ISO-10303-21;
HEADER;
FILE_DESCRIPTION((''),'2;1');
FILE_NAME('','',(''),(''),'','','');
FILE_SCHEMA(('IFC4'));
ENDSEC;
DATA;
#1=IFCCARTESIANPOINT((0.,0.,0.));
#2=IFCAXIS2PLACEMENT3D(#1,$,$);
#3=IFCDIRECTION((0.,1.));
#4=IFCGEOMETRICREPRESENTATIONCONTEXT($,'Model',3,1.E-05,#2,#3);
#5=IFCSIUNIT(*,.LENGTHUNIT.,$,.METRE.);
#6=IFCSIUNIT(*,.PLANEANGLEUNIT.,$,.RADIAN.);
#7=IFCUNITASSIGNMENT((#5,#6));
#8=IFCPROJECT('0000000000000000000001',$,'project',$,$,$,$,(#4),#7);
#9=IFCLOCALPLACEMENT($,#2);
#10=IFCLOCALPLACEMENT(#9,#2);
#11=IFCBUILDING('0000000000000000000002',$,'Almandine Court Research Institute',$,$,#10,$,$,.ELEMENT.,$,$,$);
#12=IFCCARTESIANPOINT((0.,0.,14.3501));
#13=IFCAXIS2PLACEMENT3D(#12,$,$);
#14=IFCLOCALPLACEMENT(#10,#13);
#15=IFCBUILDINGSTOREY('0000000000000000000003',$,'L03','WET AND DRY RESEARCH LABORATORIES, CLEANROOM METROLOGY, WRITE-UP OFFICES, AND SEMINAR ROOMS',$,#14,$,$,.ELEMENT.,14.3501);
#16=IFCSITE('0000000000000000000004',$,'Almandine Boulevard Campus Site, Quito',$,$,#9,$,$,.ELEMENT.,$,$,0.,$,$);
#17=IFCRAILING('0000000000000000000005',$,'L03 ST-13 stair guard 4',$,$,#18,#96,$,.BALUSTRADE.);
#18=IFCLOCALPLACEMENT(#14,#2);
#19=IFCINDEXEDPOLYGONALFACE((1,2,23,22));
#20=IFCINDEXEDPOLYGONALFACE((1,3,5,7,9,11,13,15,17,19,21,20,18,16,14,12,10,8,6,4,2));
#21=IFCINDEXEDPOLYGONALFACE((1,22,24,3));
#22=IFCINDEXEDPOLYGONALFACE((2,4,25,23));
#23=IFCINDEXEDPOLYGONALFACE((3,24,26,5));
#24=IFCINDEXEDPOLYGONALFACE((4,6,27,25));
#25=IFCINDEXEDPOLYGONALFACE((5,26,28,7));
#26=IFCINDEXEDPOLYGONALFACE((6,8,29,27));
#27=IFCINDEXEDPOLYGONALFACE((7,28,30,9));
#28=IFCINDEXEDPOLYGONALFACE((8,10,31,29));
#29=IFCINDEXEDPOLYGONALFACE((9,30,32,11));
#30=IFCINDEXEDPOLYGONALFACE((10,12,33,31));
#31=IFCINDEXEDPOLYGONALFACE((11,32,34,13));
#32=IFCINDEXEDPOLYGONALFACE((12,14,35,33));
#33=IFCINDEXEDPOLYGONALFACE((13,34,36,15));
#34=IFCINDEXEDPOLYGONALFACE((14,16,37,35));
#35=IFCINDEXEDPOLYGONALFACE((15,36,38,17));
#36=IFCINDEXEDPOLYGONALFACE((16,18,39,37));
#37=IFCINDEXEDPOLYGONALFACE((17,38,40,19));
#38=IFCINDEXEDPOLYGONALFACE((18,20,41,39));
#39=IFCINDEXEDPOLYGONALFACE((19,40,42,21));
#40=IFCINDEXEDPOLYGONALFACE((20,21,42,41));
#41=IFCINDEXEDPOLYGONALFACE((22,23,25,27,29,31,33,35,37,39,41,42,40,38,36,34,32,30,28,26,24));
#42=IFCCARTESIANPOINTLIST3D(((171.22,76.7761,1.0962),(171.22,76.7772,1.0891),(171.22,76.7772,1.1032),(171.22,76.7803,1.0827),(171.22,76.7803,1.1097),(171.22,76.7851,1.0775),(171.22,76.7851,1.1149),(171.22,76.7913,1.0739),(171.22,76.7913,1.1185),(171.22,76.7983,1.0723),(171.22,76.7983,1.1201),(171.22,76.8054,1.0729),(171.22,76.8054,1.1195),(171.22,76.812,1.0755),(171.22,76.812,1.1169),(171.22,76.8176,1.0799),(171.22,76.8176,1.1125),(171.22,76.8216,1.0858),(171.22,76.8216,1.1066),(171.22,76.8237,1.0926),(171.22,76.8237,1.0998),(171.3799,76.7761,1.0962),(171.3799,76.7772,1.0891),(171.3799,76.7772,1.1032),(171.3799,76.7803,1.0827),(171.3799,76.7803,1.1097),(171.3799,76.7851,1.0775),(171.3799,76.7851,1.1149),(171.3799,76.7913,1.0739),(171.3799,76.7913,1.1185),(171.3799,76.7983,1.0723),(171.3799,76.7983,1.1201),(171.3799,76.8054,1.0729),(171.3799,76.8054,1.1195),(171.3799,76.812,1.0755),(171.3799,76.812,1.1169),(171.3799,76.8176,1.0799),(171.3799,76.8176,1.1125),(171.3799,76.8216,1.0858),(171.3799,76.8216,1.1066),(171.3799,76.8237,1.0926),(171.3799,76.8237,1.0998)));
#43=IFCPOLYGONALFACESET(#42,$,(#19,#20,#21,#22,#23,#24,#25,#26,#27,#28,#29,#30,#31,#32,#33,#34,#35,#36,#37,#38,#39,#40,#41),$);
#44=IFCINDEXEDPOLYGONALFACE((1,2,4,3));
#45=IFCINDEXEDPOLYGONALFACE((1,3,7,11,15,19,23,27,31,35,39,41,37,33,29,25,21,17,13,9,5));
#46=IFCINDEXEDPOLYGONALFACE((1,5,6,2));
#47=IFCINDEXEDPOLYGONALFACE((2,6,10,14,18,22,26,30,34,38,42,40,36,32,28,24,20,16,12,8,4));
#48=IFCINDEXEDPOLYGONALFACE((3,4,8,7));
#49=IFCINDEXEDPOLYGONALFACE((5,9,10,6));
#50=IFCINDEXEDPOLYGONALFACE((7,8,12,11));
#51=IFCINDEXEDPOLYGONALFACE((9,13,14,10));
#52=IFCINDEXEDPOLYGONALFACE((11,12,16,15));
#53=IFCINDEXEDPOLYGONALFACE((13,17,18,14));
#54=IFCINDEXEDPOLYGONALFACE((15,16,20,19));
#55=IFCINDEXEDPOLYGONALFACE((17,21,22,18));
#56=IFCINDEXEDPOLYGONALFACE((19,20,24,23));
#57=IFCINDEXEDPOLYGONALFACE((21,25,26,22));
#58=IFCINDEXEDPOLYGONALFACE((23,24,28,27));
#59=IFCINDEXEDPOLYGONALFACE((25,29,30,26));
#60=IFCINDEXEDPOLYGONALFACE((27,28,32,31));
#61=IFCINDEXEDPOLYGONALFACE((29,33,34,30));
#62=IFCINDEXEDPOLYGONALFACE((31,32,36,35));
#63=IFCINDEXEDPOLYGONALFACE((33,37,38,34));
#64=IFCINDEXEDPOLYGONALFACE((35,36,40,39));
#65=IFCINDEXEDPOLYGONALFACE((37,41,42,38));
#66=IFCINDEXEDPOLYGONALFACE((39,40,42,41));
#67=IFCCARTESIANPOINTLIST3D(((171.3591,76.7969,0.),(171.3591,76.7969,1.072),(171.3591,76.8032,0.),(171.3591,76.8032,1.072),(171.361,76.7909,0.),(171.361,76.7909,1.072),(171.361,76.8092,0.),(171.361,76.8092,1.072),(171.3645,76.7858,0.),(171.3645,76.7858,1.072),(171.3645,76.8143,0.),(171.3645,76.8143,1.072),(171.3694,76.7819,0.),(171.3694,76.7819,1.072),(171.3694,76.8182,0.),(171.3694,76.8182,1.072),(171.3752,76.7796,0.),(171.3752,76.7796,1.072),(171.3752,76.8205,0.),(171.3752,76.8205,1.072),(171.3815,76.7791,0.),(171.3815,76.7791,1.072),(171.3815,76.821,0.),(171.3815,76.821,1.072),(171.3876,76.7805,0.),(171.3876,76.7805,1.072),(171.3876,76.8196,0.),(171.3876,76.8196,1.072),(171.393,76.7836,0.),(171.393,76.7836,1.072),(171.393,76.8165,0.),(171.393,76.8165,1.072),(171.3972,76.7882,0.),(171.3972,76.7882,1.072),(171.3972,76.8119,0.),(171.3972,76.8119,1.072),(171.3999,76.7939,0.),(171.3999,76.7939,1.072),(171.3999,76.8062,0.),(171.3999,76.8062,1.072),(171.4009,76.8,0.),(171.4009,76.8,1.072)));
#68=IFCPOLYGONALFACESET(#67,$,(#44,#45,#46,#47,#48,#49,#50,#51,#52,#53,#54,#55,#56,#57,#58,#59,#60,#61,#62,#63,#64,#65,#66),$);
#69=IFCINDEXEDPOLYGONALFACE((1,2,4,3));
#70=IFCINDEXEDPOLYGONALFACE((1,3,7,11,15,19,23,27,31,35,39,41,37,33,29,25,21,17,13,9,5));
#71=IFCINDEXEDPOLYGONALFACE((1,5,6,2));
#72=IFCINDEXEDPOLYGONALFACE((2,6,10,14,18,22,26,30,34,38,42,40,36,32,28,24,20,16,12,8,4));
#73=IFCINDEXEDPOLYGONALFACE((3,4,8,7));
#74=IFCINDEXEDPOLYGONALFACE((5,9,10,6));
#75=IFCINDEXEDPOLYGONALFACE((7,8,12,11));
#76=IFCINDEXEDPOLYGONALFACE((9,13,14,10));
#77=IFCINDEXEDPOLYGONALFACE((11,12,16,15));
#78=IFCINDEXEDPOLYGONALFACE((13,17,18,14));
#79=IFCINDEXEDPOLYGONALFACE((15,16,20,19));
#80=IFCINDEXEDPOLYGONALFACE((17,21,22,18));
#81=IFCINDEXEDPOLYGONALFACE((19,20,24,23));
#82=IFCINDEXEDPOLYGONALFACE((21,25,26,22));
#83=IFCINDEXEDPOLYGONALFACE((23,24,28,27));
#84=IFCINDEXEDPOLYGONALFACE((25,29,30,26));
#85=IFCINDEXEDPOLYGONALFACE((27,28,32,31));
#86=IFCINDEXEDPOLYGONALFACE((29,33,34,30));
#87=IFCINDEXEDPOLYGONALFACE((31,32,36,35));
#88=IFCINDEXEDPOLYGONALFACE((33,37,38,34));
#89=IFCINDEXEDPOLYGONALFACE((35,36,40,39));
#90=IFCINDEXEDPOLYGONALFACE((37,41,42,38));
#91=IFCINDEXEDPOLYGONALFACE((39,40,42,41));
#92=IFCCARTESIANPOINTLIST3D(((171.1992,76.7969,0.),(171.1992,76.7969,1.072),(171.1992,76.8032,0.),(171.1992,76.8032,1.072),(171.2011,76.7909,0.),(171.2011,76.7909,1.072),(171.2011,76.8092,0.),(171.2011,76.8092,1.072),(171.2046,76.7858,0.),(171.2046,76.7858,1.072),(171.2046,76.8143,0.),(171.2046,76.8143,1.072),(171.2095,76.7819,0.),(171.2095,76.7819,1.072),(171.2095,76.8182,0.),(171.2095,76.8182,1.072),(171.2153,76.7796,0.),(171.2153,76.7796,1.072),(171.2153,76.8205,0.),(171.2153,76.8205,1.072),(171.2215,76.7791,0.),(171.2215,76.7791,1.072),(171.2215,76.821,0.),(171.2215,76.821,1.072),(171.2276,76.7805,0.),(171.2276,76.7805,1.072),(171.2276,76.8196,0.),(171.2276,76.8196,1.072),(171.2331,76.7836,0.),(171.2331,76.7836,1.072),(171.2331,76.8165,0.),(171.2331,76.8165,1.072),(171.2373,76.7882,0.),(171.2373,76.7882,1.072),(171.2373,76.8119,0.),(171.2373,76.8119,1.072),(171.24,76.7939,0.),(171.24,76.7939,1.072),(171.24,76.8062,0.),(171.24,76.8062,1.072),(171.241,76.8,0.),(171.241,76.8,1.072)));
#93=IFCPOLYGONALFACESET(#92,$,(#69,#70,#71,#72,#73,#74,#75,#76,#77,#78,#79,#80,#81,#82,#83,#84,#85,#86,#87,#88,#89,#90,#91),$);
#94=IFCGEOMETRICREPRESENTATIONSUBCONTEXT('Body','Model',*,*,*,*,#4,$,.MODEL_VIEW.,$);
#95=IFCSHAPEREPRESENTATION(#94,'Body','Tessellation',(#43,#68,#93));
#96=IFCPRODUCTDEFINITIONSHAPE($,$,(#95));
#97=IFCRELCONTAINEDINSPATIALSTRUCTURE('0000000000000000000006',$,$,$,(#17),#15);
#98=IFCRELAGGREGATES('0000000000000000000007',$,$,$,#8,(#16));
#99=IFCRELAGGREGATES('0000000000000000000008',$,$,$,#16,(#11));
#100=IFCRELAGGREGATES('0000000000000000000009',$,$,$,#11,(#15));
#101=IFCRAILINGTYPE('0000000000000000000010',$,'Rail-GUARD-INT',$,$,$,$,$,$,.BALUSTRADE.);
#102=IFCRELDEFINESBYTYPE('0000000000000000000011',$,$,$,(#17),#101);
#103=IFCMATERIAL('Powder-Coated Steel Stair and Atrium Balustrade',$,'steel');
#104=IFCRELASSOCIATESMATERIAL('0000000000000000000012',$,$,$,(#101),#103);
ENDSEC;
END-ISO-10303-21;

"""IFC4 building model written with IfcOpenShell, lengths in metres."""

from ifc_helpers import new_model, si_unit, direction, frame, origin, origin_2d, place, context, subcontext, project, spatial, circle, extrude, material, type_object, element, save


model = new_model("IFC4")

# Units and contexts
model_context = context("Model", 3, precision=1e-05, world=origin(), true_north=direction((0.0, 1.0)))
body_context = subcontext(model_context, "Body", "Model", "MODEL_VIEW")
ifc_project = project(units=[si_unit("LENGTHUNIT", "METRE"), si_unit("PLANEANGLEUNIT", "RADIAN")], contexts=[model_context])

# Site, building, storey
site_placement = place(None, origin())
site = spatial("IfcSite", under=ifc_project, at=site_placement, Name="Almandine Boulevard Campus Site, Quito", CompositionType="ELEMENT", RefElevation=0.0)
building_placement = place(site_placement, origin())
building = spatial("IfcBuilding", under=site, at=building_placement, Name="Almandine Court Research Institute", CompositionType="ELEMENT")
storey_placement = place(building_placement, frame((0.0, 0.0, 14.3501)))
storey = spatial("IfcBuildingStorey", under=building, at=storey_placement, Name="L03", Description="WET AND DRY RESEARCH LABORATORIES, CLEANROOM METROLOGY, WRITE-UP OFFICES, AND SEMINAR ROOMS", CompositionType="ELEMENT", Elevation=14.3501)

# Railing
ifc_material_1 = material(Name="Powder-Coated Steel Stair and Atrium Balustrade", Category="steel")
railing_type_1 = type_object("IfcRailingType", Name="Rail-GUARD-INT", PredefinedType="BALUSTRADE", material=ifc_material_1)
railing_1_placement = place(storey_placement, frame((171.3799, 76.8, 0.0)))
element("IfcRailing", 1, at=railing_1_placement, inside=storey, type_object=railing_type_1, Name="L03 ST-13 stair guard 4", PredefinedType="BALUSTRADE", context=body_context, shape_type="SweptSolid", body=[
    extrude(circle(Radius=0.0239, at=origin_2d()), frame((0.0, 0.0, 1.0962), z_axis=(-1.0, 0.0, 0.0), x_axis=(0.0, -1.0, 0.0)), (0.0, 0.0, 1.0), 0.1599),
    extrude(circle(Radius=0.021, at=origin_2d()), origin(), (0.0, 0.0, 1.0), 1.072),
    extrude(circle(Radius=0.021, at=origin_2d()), frame((-0.1599, 0.0, 0.0)), (0.0, 0.0, 1.0), 1.072),
])

save(model, "model.ifc")
